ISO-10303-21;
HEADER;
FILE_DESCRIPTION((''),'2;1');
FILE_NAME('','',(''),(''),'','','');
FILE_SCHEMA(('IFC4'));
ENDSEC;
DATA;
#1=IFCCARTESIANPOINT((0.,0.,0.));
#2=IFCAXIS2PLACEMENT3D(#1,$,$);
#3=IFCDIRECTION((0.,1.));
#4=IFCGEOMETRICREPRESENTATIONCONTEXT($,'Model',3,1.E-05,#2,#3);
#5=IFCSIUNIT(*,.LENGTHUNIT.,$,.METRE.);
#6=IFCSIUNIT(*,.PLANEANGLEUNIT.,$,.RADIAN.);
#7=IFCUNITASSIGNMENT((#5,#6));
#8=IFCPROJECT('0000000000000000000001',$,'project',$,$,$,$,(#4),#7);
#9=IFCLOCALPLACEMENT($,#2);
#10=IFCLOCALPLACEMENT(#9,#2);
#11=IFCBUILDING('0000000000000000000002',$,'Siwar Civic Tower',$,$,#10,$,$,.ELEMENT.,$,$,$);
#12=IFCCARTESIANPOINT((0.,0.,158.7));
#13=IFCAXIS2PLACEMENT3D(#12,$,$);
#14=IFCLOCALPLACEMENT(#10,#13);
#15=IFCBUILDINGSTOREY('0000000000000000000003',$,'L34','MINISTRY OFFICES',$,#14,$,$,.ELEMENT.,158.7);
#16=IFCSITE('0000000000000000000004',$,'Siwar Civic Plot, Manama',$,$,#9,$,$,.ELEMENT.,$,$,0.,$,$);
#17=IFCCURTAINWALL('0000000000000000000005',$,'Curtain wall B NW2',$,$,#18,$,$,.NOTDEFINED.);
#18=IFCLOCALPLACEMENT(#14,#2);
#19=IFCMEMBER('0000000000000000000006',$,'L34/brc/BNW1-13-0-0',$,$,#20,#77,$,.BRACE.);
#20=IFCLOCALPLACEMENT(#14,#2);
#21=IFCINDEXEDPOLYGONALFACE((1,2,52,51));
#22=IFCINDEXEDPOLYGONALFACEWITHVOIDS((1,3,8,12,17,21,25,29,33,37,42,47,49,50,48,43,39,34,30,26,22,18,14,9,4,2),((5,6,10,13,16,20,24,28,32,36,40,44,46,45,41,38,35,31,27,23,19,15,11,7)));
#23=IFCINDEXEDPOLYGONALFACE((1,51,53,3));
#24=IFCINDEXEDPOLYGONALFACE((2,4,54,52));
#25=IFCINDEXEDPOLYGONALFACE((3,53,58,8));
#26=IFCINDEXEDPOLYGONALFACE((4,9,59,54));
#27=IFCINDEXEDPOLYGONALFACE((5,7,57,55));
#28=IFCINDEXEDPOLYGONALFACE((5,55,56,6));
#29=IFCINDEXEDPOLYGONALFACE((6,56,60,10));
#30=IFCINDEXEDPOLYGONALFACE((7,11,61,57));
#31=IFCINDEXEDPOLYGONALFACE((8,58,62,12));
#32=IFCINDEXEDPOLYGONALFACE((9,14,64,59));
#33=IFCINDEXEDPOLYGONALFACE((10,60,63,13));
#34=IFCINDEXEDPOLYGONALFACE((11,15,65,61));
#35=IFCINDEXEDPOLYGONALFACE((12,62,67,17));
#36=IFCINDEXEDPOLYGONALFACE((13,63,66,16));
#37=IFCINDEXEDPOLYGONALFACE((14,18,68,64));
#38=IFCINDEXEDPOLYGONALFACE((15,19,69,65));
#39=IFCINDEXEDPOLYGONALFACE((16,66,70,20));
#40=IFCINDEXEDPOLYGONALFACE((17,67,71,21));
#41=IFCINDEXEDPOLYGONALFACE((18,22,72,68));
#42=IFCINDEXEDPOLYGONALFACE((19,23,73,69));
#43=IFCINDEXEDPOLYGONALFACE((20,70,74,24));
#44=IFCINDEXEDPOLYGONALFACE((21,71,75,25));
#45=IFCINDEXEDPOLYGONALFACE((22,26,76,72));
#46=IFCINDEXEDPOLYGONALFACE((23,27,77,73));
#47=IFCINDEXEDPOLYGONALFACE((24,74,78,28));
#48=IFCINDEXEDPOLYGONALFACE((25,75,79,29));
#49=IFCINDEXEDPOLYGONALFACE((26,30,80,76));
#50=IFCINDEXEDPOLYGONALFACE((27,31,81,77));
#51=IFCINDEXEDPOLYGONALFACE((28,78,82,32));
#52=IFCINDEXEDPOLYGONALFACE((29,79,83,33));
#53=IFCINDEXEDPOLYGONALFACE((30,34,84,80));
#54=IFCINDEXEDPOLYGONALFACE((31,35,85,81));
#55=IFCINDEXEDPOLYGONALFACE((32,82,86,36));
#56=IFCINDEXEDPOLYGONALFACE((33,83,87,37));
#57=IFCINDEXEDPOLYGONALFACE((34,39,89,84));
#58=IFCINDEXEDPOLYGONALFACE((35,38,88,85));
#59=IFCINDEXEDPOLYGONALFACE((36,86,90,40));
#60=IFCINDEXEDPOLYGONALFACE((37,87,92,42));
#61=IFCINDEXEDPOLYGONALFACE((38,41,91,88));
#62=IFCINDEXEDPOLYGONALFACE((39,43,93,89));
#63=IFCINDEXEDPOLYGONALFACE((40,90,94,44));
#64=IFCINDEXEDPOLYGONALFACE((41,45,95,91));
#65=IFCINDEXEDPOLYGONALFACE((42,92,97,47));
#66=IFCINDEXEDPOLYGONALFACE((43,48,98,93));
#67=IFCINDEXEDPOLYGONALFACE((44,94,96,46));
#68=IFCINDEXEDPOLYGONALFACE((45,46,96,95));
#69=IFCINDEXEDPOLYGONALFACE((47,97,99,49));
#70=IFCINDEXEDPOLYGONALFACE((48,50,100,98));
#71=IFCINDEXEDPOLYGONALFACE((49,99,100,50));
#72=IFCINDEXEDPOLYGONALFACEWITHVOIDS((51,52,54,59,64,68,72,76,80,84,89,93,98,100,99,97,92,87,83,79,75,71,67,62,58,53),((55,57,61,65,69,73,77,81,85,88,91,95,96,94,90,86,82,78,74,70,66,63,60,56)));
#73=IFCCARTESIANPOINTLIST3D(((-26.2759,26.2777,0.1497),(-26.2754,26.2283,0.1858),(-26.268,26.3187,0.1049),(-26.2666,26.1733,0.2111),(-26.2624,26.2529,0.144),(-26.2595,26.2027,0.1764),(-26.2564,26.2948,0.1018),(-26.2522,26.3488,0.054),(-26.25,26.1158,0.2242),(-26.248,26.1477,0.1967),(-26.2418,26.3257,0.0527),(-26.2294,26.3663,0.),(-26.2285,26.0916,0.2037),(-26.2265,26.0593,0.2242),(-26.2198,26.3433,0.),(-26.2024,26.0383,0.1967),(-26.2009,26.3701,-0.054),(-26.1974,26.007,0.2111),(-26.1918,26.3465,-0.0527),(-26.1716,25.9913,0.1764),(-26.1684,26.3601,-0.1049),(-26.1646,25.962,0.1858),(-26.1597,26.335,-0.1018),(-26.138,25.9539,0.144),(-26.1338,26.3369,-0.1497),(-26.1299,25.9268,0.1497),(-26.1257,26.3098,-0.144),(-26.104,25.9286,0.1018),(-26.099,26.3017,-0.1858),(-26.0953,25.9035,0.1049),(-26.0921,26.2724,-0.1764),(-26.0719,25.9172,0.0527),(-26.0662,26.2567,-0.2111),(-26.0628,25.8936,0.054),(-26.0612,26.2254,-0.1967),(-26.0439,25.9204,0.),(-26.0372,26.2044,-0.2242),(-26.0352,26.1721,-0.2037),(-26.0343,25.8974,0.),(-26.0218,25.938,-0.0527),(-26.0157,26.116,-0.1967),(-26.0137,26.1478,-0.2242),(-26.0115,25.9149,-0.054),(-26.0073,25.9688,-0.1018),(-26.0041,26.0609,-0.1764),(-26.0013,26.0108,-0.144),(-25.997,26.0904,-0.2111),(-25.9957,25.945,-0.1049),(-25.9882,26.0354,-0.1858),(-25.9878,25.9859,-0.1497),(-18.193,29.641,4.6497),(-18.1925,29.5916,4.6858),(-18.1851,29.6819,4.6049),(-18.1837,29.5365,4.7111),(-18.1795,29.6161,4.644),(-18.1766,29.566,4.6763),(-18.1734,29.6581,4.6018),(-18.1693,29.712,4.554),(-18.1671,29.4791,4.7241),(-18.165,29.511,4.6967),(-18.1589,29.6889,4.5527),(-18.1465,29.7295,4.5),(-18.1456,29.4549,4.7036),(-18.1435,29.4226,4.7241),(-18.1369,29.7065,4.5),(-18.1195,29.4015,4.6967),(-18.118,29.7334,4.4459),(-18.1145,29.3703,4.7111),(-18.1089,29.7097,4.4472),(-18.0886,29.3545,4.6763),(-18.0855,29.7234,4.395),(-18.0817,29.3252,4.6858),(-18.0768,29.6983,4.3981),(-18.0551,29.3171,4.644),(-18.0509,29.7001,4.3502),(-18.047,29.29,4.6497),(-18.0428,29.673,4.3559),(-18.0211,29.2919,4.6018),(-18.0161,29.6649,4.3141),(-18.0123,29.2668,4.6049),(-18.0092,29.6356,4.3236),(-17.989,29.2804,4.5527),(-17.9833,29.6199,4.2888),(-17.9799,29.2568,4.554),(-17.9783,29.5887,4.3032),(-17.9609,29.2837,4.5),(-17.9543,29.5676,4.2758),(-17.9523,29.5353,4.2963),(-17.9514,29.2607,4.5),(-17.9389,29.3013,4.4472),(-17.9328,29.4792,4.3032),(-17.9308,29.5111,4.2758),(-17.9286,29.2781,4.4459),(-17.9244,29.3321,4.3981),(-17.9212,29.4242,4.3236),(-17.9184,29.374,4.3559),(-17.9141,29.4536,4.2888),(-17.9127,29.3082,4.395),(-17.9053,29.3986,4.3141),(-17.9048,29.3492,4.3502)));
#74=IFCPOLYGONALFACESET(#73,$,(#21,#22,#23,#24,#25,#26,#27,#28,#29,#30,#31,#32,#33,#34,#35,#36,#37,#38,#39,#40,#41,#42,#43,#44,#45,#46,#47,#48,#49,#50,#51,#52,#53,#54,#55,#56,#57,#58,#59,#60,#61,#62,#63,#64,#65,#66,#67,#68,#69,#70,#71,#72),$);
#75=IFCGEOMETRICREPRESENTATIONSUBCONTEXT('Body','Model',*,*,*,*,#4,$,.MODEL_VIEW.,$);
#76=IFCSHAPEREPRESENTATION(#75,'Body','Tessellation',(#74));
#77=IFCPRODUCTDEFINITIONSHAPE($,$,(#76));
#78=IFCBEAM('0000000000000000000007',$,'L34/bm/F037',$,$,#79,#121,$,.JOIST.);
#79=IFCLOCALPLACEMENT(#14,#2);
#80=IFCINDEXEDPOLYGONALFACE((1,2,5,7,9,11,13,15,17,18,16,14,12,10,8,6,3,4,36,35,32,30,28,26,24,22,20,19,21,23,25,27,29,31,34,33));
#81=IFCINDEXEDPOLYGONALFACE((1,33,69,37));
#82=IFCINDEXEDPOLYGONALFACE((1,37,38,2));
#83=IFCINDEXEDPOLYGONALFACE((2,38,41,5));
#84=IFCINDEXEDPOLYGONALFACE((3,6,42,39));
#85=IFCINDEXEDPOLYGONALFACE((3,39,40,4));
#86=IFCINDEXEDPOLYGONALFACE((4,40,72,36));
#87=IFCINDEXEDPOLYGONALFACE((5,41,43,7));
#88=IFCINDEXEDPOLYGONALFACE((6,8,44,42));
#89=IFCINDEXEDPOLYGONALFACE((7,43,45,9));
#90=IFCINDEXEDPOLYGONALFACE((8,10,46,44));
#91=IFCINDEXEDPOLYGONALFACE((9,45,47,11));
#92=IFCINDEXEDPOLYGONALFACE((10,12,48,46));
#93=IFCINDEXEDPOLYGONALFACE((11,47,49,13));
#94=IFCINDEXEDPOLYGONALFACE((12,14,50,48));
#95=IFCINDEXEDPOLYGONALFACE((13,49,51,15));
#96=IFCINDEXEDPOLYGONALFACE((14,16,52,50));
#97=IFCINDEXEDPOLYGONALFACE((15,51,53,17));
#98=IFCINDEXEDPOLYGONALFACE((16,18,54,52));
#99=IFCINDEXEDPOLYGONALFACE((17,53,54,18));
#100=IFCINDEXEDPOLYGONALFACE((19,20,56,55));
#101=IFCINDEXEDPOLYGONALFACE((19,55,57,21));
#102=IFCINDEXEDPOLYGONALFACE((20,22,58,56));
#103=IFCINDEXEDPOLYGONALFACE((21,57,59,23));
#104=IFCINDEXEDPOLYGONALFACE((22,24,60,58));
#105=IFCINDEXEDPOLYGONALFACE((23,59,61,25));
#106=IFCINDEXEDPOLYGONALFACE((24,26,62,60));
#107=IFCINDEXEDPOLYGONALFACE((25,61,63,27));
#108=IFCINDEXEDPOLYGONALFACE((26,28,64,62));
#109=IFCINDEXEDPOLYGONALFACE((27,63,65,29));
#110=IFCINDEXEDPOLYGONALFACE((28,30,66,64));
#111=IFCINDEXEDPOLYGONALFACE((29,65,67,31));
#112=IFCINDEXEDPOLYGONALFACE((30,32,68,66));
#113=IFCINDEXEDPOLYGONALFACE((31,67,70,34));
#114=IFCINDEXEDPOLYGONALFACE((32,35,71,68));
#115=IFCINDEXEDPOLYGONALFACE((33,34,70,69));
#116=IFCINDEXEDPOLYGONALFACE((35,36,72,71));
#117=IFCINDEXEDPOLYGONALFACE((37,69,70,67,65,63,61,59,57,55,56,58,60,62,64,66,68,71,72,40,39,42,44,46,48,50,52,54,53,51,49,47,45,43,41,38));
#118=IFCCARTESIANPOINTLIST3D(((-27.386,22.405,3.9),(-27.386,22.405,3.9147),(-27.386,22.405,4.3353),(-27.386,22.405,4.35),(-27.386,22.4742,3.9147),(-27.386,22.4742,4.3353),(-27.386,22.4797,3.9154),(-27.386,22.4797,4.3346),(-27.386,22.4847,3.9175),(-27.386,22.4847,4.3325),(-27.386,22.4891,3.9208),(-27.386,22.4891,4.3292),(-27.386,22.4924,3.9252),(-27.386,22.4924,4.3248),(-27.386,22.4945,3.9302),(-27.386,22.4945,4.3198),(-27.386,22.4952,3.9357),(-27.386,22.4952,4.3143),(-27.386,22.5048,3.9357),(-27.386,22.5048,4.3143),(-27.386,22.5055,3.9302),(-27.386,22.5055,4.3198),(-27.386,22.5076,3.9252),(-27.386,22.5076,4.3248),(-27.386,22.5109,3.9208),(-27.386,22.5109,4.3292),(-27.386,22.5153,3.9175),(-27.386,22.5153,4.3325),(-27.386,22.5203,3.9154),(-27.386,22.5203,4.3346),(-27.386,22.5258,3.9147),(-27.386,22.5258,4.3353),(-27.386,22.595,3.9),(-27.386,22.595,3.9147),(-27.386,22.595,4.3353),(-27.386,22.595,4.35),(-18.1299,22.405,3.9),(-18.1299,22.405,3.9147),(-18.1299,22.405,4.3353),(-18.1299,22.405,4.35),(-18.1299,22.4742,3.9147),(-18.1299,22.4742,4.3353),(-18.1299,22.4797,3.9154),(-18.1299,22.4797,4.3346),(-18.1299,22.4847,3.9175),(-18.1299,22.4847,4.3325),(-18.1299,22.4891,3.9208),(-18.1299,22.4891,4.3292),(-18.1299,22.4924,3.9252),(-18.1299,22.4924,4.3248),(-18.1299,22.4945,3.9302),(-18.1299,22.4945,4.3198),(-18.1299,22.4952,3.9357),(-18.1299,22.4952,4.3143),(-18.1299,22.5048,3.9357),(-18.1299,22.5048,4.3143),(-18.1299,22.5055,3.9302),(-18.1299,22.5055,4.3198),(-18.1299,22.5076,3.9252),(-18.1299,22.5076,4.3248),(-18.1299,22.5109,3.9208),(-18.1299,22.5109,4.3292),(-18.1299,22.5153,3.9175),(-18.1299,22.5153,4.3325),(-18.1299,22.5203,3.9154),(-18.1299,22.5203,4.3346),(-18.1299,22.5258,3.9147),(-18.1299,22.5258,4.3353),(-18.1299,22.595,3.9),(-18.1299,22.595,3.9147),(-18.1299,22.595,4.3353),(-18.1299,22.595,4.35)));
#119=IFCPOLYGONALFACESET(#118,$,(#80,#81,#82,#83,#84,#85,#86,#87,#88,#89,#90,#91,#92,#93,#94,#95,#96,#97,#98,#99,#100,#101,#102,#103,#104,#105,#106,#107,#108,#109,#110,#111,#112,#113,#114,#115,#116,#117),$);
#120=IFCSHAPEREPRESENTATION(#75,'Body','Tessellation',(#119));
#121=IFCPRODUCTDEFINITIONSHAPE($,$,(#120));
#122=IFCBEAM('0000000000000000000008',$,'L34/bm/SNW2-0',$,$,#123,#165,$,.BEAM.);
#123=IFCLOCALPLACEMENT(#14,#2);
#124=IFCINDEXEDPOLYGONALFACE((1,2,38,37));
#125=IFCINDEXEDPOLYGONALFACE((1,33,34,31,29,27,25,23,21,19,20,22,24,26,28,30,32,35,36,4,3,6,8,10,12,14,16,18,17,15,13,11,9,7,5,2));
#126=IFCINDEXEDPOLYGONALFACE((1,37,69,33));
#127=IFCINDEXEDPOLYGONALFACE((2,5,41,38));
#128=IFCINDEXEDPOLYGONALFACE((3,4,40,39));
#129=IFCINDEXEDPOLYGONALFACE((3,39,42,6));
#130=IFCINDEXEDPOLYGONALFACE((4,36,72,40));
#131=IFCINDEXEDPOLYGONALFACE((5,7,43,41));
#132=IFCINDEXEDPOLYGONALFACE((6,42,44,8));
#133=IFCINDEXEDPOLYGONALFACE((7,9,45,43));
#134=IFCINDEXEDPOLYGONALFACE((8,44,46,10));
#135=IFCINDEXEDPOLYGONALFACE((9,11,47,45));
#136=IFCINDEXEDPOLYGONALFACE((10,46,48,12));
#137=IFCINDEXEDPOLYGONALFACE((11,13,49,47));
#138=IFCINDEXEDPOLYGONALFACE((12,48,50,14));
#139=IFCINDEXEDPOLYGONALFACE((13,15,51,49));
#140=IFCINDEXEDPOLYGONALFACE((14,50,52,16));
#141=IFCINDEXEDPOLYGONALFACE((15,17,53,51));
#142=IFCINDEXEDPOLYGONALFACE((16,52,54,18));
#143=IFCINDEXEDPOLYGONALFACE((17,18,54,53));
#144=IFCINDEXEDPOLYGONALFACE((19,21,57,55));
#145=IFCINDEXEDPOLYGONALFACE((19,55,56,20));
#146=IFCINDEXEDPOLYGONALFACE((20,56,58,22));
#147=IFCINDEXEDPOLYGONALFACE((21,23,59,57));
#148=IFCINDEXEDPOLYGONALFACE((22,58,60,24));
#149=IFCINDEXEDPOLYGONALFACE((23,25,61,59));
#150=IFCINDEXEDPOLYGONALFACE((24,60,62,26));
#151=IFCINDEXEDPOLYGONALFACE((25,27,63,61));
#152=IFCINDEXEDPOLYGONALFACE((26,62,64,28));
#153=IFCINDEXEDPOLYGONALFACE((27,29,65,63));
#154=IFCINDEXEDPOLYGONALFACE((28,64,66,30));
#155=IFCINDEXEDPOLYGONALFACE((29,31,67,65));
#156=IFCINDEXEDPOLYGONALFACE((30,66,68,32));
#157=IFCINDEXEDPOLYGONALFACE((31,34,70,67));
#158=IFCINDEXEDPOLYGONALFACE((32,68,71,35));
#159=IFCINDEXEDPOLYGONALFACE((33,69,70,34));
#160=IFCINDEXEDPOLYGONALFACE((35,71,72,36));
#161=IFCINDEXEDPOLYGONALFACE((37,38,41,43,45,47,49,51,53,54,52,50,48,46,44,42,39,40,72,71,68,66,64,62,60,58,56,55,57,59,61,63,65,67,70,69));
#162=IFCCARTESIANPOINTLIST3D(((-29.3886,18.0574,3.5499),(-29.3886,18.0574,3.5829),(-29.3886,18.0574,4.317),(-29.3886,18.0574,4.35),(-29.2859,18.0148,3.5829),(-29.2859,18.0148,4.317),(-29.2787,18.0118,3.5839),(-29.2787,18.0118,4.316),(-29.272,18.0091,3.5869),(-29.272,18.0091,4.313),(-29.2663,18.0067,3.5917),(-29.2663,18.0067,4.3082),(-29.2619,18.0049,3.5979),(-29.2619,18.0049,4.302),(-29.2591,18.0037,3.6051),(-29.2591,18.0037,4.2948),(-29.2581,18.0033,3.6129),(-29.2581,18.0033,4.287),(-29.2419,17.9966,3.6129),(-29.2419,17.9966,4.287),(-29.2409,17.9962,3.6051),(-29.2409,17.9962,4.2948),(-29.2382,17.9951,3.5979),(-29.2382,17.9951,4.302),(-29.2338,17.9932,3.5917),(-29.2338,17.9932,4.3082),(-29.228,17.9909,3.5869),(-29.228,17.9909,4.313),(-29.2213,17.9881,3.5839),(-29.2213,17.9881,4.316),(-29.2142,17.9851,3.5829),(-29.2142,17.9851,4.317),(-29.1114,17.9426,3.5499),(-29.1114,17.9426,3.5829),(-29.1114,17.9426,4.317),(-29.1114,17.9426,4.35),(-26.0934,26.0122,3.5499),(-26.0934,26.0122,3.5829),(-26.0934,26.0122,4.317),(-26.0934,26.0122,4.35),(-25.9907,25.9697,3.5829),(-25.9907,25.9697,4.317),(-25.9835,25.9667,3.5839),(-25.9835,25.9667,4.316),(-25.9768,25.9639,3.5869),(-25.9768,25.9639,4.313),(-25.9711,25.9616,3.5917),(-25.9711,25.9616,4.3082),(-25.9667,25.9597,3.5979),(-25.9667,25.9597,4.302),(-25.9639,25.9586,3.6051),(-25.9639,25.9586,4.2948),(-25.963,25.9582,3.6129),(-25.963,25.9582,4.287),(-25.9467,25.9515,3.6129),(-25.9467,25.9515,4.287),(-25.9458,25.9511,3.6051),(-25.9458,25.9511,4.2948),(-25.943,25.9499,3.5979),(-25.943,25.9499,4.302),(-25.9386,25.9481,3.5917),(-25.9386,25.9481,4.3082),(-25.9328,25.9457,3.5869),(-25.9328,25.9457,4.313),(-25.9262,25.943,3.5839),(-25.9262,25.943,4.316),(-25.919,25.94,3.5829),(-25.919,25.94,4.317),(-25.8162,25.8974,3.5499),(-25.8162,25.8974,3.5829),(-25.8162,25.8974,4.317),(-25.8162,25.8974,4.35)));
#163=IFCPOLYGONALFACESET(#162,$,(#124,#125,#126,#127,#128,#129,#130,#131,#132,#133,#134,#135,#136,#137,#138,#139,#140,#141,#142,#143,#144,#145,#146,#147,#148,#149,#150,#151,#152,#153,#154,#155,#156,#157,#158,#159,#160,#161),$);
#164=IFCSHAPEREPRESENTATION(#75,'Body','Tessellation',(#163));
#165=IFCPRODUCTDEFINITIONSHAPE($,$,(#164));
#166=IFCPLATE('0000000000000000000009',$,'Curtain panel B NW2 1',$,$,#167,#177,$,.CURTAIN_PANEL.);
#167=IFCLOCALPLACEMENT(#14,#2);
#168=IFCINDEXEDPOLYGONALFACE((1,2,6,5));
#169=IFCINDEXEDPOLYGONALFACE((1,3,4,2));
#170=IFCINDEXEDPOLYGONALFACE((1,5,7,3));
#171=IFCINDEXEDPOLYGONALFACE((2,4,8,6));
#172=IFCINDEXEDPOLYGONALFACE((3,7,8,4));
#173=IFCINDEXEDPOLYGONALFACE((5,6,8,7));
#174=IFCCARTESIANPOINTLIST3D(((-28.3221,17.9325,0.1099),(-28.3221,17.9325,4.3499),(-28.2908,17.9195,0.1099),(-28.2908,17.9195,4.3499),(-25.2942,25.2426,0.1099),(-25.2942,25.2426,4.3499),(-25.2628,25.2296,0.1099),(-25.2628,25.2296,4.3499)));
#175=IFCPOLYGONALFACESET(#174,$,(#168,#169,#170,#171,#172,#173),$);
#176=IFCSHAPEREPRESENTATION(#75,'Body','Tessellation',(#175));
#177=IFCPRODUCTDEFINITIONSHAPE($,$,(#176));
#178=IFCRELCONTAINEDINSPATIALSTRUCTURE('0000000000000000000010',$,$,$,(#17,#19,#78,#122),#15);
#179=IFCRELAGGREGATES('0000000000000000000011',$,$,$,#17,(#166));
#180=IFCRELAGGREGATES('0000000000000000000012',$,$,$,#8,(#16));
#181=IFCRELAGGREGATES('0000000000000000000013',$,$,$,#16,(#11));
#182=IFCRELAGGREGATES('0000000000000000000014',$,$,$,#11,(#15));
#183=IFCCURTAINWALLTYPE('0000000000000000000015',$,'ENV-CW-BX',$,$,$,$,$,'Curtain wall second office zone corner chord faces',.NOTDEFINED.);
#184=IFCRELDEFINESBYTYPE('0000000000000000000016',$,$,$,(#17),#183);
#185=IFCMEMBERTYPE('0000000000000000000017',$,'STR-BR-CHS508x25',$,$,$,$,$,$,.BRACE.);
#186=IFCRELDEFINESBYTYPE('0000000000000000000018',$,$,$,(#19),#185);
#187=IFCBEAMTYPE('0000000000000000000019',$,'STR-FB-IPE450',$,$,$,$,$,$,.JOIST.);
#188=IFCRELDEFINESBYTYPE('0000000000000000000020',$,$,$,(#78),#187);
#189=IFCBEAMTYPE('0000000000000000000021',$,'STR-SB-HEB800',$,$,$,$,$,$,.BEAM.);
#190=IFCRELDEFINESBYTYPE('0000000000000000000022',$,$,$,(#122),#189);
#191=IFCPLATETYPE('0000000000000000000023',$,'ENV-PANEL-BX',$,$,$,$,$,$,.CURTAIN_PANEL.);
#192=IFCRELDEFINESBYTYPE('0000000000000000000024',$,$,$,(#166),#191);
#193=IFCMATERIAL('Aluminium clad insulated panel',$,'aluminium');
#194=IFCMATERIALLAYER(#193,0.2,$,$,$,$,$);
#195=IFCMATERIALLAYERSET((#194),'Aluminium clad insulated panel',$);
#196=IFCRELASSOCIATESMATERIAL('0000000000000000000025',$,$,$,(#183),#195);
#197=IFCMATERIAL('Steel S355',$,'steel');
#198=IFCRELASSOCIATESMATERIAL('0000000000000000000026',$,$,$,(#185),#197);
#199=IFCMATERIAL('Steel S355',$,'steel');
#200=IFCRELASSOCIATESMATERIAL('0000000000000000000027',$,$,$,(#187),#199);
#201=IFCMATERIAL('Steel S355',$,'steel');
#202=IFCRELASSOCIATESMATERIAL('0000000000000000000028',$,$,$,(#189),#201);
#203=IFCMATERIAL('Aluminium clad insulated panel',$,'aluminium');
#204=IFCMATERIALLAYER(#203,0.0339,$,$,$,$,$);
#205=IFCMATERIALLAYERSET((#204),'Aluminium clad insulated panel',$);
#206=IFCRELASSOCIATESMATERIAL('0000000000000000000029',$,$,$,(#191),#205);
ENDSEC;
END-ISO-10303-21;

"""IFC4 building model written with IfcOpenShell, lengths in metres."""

from ifc_helpers import new_model, si_unit, direction, frame, origin, origin_2d, place, context, subcontext, project, spatial, rectangle, hollow_circle, i_section, extrude, material, layer, layer_set, material_profile, profile_set, type_object, element, aggregate, save


model = new_model("IFC4")

# Units and contexts
model_context = context("Model", 3, precision=1e-05, world=origin(), true_north=direction((0.0, 1.0)))
body_context = subcontext(model_context, "Body", "Model", "MODEL_VIEW")
ifc_project = project(units=[si_unit("LENGTHUNIT", "METRE"), si_unit("PLANEANGLEUNIT", "RADIAN")], contexts=[model_context])

# Site, building, storey
site_placement = place(None, origin())
site = spatial("IfcSite", under=ifc_project, at=site_placement, Name="Siwar Civic Plot, Manama", CompositionType="ELEMENT", RefElevation=0.0)
building_placement = place(site_placement, origin())
building = spatial("IfcBuilding", under=site, at=building_placement, Name="Siwar Civic Tower", CompositionType="ELEMENT")
storey_placement = place(building_placement, frame((0.0, 0.0, 158.7)))
storey = spatial("IfcBuildingStorey", under=building, at=storey_placement, Name="L34", Description="MINISTRY OFFICES", CompositionType="ELEMENT", Elevation=158.7)

# Curtain wall
ifc_material_1 = material(Name="Aluminium clad insulated panel", Category="aluminium")
ifc_layer_1 = layer(ifc_material_1, 0.2)
ifc_layer_set_1 = layer_set([ifc_layer_1], Name="Aluminium clad insulated panel")
curtain_wall_type = type_object("IfcCurtainWallType", Name="ENV-CW-BX", ElementType="Curtain wall second office zone corner chord faces", PredefinedType="NOTDEFINED", material=ifc_layer_set_1)
curtain_wall_placement = place(storey_placement, origin())
curtain_wall = element("IfcCurtainWall", 1, at=curtain_wall_placement, inside=storey, type_object=curtain_wall_type, Name="Curtain wall B NW2", PredefinedType="NOTDEFINED")

# Member
ifc_material_2 = material(Name="Steel S355", Category="steel")
ifc_material_profile_1 = material_profile(ifc_material_2, hollow_circle(Radius=0.2539, WallThickness=0.0249, at=origin_2d()), Name="CHS508x25")
ifc_profile_set_1 = profile_set([ifc_material_profile_1], Name="Steel S355")
member_type_1 = type_object("IfcMemberType", Name="STR-BR-CHS508x25", PredefinedType="BRACE", material=ifc_profile_set_1)
member_1_placement = place(storey_placement, frame((-26.1318, 26.1318, 0.0), z_axis=(0.821143, 0.341671, 0.457149), x_axis=(-0.384164, 0.923265, 0.0)))
element("IfcMember", 2, at=member_1_placement, inside=storey, type_object=member_type_1, Name="L34/brc/BNW1-13-0-0", PredefinedType="BRACE", context=body_context, shape_type="SweptSolid", body=[
    extrude(hollow_circle(Radius=0.2539, WallThickness=0.0249, at=origin_2d()), origin(), (0.0, 0.0, 1.0), 9.8435),
])

# Beams
ifc_material_3 = material(Name="Steel S355", Category="steel")
ifc_material_profile_2 = material_profile(ifc_material_3, i_section(OverallWidth=0.1899, OverallDepth=0.45, WebThickness=0.0095, FlangeThickness=0.0146, FilletRadius=0.021, at=origin_2d()), Name="IPE450")
ifc_profile_set_2 = profile_set([ifc_material_profile_2], Name="Steel S355")
beam_type_1 = type_object("IfcBeamType", Name="STR-FB-IPE450", PredefinedType="JOIST", material=ifc_profile_set_2)
beam_1_placement = place(storey_placement, frame((-27.386, 22.5, 4.125), z_axis=(1.0, 0.0, 0.0), x_axis=(0.0, 1.0, 0.0)))
element("IfcBeam", 3, at=beam_1_placement, inside=storey, type_object=beam_type_1, Name="L34/bm/F037", PredefinedType="JOIST", context=body_context, shape_type="SweptSolid", body=[
    extrude(i_section(OverallWidth=0.1899, OverallDepth=0.45, WebThickness=0.0095, FlangeThickness=0.0146, FilletRadius=0.021, at=origin_2d()), origin(), (0.0, 0.0, 1.0), 9.2561),
])
ifc_material_4 = material(Name="Steel S355", Category="steel")
ifc_material_profile_3 = material_profile(ifc_material_4, i_section(OverallWidth=0.3, OverallDepth=0.8, WebThickness=0.0176, FlangeThickness=0.033, FilletRadius=0.03, at=origin_2d()), Name="HEB800")
ifc_profile_set_3 = profile_set([ifc_material_profile_3], Name="Steel S355")
beam_type_2 = type_object("IfcBeamType", Name="STR-SB-HEB800", PredefinedType="BEAM", material=ifc_profile_set_3)
beam_2_placement = place(storey_placement, frame((-25.9548, 25.9548, 3.95), z_axis=(-0.3827, -0.923873, 0.0), x_axis=(0.923873, -0.3827, 0.0)))
element("IfcBeam", 4, at=beam_2_placement, inside=storey, type_object=beam_type_2, Name="L34/bm/SNW2-0", PredefinedType="BEAM", context=body_context, shape_type="SweptSolid", body=[
    extrude(i_section(OverallWidth=0.3, OverallDepth=0.8, WebThickness=0.0176, FlangeThickness=0.033, FilletRadius=0.03, at=origin_2d()), origin(), (0.0, 0.0, 1.0), 8.6104),
])

# Plate
ifc_material_5 = material(Name="Aluminium clad insulated panel", Category="aluminium")
ifc_layer_2 = layer(ifc_material_5, 0.0339)
ifc_layer_set_2 = layer_set([ifc_layer_2], Name="Aluminium clad insulated panel")
plate_type = type_object("IfcPlateType", Name="ENV-PANEL-BX", PredefinedType="CURTAIN_PANEL", material=ifc_layer_set_2)
plate_placement = place(storey_placement, frame((-26.7925, 21.5811, 0.1099), z_axis=(0.0, 0.0, 1.0), x_axis=(-0.382683, -0.92388, 0.0)))
plate = element("IfcPlate", 5, at=plate_placement, type_object=plate_type, Name="Curtain panel B NW2 1", PredefinedType="CURTAIN_PANEL", context=body_context, shape_type="SweptSolid", body=[
    extrude(rectangle(XDim=7.9124, YDim=0.0339, at=origin_2d()), origin(), (0.0, 0.0, 1.0), 4.24),
])
aggregate(curtain_wall, [plate])

save(model, "model.ifc")
